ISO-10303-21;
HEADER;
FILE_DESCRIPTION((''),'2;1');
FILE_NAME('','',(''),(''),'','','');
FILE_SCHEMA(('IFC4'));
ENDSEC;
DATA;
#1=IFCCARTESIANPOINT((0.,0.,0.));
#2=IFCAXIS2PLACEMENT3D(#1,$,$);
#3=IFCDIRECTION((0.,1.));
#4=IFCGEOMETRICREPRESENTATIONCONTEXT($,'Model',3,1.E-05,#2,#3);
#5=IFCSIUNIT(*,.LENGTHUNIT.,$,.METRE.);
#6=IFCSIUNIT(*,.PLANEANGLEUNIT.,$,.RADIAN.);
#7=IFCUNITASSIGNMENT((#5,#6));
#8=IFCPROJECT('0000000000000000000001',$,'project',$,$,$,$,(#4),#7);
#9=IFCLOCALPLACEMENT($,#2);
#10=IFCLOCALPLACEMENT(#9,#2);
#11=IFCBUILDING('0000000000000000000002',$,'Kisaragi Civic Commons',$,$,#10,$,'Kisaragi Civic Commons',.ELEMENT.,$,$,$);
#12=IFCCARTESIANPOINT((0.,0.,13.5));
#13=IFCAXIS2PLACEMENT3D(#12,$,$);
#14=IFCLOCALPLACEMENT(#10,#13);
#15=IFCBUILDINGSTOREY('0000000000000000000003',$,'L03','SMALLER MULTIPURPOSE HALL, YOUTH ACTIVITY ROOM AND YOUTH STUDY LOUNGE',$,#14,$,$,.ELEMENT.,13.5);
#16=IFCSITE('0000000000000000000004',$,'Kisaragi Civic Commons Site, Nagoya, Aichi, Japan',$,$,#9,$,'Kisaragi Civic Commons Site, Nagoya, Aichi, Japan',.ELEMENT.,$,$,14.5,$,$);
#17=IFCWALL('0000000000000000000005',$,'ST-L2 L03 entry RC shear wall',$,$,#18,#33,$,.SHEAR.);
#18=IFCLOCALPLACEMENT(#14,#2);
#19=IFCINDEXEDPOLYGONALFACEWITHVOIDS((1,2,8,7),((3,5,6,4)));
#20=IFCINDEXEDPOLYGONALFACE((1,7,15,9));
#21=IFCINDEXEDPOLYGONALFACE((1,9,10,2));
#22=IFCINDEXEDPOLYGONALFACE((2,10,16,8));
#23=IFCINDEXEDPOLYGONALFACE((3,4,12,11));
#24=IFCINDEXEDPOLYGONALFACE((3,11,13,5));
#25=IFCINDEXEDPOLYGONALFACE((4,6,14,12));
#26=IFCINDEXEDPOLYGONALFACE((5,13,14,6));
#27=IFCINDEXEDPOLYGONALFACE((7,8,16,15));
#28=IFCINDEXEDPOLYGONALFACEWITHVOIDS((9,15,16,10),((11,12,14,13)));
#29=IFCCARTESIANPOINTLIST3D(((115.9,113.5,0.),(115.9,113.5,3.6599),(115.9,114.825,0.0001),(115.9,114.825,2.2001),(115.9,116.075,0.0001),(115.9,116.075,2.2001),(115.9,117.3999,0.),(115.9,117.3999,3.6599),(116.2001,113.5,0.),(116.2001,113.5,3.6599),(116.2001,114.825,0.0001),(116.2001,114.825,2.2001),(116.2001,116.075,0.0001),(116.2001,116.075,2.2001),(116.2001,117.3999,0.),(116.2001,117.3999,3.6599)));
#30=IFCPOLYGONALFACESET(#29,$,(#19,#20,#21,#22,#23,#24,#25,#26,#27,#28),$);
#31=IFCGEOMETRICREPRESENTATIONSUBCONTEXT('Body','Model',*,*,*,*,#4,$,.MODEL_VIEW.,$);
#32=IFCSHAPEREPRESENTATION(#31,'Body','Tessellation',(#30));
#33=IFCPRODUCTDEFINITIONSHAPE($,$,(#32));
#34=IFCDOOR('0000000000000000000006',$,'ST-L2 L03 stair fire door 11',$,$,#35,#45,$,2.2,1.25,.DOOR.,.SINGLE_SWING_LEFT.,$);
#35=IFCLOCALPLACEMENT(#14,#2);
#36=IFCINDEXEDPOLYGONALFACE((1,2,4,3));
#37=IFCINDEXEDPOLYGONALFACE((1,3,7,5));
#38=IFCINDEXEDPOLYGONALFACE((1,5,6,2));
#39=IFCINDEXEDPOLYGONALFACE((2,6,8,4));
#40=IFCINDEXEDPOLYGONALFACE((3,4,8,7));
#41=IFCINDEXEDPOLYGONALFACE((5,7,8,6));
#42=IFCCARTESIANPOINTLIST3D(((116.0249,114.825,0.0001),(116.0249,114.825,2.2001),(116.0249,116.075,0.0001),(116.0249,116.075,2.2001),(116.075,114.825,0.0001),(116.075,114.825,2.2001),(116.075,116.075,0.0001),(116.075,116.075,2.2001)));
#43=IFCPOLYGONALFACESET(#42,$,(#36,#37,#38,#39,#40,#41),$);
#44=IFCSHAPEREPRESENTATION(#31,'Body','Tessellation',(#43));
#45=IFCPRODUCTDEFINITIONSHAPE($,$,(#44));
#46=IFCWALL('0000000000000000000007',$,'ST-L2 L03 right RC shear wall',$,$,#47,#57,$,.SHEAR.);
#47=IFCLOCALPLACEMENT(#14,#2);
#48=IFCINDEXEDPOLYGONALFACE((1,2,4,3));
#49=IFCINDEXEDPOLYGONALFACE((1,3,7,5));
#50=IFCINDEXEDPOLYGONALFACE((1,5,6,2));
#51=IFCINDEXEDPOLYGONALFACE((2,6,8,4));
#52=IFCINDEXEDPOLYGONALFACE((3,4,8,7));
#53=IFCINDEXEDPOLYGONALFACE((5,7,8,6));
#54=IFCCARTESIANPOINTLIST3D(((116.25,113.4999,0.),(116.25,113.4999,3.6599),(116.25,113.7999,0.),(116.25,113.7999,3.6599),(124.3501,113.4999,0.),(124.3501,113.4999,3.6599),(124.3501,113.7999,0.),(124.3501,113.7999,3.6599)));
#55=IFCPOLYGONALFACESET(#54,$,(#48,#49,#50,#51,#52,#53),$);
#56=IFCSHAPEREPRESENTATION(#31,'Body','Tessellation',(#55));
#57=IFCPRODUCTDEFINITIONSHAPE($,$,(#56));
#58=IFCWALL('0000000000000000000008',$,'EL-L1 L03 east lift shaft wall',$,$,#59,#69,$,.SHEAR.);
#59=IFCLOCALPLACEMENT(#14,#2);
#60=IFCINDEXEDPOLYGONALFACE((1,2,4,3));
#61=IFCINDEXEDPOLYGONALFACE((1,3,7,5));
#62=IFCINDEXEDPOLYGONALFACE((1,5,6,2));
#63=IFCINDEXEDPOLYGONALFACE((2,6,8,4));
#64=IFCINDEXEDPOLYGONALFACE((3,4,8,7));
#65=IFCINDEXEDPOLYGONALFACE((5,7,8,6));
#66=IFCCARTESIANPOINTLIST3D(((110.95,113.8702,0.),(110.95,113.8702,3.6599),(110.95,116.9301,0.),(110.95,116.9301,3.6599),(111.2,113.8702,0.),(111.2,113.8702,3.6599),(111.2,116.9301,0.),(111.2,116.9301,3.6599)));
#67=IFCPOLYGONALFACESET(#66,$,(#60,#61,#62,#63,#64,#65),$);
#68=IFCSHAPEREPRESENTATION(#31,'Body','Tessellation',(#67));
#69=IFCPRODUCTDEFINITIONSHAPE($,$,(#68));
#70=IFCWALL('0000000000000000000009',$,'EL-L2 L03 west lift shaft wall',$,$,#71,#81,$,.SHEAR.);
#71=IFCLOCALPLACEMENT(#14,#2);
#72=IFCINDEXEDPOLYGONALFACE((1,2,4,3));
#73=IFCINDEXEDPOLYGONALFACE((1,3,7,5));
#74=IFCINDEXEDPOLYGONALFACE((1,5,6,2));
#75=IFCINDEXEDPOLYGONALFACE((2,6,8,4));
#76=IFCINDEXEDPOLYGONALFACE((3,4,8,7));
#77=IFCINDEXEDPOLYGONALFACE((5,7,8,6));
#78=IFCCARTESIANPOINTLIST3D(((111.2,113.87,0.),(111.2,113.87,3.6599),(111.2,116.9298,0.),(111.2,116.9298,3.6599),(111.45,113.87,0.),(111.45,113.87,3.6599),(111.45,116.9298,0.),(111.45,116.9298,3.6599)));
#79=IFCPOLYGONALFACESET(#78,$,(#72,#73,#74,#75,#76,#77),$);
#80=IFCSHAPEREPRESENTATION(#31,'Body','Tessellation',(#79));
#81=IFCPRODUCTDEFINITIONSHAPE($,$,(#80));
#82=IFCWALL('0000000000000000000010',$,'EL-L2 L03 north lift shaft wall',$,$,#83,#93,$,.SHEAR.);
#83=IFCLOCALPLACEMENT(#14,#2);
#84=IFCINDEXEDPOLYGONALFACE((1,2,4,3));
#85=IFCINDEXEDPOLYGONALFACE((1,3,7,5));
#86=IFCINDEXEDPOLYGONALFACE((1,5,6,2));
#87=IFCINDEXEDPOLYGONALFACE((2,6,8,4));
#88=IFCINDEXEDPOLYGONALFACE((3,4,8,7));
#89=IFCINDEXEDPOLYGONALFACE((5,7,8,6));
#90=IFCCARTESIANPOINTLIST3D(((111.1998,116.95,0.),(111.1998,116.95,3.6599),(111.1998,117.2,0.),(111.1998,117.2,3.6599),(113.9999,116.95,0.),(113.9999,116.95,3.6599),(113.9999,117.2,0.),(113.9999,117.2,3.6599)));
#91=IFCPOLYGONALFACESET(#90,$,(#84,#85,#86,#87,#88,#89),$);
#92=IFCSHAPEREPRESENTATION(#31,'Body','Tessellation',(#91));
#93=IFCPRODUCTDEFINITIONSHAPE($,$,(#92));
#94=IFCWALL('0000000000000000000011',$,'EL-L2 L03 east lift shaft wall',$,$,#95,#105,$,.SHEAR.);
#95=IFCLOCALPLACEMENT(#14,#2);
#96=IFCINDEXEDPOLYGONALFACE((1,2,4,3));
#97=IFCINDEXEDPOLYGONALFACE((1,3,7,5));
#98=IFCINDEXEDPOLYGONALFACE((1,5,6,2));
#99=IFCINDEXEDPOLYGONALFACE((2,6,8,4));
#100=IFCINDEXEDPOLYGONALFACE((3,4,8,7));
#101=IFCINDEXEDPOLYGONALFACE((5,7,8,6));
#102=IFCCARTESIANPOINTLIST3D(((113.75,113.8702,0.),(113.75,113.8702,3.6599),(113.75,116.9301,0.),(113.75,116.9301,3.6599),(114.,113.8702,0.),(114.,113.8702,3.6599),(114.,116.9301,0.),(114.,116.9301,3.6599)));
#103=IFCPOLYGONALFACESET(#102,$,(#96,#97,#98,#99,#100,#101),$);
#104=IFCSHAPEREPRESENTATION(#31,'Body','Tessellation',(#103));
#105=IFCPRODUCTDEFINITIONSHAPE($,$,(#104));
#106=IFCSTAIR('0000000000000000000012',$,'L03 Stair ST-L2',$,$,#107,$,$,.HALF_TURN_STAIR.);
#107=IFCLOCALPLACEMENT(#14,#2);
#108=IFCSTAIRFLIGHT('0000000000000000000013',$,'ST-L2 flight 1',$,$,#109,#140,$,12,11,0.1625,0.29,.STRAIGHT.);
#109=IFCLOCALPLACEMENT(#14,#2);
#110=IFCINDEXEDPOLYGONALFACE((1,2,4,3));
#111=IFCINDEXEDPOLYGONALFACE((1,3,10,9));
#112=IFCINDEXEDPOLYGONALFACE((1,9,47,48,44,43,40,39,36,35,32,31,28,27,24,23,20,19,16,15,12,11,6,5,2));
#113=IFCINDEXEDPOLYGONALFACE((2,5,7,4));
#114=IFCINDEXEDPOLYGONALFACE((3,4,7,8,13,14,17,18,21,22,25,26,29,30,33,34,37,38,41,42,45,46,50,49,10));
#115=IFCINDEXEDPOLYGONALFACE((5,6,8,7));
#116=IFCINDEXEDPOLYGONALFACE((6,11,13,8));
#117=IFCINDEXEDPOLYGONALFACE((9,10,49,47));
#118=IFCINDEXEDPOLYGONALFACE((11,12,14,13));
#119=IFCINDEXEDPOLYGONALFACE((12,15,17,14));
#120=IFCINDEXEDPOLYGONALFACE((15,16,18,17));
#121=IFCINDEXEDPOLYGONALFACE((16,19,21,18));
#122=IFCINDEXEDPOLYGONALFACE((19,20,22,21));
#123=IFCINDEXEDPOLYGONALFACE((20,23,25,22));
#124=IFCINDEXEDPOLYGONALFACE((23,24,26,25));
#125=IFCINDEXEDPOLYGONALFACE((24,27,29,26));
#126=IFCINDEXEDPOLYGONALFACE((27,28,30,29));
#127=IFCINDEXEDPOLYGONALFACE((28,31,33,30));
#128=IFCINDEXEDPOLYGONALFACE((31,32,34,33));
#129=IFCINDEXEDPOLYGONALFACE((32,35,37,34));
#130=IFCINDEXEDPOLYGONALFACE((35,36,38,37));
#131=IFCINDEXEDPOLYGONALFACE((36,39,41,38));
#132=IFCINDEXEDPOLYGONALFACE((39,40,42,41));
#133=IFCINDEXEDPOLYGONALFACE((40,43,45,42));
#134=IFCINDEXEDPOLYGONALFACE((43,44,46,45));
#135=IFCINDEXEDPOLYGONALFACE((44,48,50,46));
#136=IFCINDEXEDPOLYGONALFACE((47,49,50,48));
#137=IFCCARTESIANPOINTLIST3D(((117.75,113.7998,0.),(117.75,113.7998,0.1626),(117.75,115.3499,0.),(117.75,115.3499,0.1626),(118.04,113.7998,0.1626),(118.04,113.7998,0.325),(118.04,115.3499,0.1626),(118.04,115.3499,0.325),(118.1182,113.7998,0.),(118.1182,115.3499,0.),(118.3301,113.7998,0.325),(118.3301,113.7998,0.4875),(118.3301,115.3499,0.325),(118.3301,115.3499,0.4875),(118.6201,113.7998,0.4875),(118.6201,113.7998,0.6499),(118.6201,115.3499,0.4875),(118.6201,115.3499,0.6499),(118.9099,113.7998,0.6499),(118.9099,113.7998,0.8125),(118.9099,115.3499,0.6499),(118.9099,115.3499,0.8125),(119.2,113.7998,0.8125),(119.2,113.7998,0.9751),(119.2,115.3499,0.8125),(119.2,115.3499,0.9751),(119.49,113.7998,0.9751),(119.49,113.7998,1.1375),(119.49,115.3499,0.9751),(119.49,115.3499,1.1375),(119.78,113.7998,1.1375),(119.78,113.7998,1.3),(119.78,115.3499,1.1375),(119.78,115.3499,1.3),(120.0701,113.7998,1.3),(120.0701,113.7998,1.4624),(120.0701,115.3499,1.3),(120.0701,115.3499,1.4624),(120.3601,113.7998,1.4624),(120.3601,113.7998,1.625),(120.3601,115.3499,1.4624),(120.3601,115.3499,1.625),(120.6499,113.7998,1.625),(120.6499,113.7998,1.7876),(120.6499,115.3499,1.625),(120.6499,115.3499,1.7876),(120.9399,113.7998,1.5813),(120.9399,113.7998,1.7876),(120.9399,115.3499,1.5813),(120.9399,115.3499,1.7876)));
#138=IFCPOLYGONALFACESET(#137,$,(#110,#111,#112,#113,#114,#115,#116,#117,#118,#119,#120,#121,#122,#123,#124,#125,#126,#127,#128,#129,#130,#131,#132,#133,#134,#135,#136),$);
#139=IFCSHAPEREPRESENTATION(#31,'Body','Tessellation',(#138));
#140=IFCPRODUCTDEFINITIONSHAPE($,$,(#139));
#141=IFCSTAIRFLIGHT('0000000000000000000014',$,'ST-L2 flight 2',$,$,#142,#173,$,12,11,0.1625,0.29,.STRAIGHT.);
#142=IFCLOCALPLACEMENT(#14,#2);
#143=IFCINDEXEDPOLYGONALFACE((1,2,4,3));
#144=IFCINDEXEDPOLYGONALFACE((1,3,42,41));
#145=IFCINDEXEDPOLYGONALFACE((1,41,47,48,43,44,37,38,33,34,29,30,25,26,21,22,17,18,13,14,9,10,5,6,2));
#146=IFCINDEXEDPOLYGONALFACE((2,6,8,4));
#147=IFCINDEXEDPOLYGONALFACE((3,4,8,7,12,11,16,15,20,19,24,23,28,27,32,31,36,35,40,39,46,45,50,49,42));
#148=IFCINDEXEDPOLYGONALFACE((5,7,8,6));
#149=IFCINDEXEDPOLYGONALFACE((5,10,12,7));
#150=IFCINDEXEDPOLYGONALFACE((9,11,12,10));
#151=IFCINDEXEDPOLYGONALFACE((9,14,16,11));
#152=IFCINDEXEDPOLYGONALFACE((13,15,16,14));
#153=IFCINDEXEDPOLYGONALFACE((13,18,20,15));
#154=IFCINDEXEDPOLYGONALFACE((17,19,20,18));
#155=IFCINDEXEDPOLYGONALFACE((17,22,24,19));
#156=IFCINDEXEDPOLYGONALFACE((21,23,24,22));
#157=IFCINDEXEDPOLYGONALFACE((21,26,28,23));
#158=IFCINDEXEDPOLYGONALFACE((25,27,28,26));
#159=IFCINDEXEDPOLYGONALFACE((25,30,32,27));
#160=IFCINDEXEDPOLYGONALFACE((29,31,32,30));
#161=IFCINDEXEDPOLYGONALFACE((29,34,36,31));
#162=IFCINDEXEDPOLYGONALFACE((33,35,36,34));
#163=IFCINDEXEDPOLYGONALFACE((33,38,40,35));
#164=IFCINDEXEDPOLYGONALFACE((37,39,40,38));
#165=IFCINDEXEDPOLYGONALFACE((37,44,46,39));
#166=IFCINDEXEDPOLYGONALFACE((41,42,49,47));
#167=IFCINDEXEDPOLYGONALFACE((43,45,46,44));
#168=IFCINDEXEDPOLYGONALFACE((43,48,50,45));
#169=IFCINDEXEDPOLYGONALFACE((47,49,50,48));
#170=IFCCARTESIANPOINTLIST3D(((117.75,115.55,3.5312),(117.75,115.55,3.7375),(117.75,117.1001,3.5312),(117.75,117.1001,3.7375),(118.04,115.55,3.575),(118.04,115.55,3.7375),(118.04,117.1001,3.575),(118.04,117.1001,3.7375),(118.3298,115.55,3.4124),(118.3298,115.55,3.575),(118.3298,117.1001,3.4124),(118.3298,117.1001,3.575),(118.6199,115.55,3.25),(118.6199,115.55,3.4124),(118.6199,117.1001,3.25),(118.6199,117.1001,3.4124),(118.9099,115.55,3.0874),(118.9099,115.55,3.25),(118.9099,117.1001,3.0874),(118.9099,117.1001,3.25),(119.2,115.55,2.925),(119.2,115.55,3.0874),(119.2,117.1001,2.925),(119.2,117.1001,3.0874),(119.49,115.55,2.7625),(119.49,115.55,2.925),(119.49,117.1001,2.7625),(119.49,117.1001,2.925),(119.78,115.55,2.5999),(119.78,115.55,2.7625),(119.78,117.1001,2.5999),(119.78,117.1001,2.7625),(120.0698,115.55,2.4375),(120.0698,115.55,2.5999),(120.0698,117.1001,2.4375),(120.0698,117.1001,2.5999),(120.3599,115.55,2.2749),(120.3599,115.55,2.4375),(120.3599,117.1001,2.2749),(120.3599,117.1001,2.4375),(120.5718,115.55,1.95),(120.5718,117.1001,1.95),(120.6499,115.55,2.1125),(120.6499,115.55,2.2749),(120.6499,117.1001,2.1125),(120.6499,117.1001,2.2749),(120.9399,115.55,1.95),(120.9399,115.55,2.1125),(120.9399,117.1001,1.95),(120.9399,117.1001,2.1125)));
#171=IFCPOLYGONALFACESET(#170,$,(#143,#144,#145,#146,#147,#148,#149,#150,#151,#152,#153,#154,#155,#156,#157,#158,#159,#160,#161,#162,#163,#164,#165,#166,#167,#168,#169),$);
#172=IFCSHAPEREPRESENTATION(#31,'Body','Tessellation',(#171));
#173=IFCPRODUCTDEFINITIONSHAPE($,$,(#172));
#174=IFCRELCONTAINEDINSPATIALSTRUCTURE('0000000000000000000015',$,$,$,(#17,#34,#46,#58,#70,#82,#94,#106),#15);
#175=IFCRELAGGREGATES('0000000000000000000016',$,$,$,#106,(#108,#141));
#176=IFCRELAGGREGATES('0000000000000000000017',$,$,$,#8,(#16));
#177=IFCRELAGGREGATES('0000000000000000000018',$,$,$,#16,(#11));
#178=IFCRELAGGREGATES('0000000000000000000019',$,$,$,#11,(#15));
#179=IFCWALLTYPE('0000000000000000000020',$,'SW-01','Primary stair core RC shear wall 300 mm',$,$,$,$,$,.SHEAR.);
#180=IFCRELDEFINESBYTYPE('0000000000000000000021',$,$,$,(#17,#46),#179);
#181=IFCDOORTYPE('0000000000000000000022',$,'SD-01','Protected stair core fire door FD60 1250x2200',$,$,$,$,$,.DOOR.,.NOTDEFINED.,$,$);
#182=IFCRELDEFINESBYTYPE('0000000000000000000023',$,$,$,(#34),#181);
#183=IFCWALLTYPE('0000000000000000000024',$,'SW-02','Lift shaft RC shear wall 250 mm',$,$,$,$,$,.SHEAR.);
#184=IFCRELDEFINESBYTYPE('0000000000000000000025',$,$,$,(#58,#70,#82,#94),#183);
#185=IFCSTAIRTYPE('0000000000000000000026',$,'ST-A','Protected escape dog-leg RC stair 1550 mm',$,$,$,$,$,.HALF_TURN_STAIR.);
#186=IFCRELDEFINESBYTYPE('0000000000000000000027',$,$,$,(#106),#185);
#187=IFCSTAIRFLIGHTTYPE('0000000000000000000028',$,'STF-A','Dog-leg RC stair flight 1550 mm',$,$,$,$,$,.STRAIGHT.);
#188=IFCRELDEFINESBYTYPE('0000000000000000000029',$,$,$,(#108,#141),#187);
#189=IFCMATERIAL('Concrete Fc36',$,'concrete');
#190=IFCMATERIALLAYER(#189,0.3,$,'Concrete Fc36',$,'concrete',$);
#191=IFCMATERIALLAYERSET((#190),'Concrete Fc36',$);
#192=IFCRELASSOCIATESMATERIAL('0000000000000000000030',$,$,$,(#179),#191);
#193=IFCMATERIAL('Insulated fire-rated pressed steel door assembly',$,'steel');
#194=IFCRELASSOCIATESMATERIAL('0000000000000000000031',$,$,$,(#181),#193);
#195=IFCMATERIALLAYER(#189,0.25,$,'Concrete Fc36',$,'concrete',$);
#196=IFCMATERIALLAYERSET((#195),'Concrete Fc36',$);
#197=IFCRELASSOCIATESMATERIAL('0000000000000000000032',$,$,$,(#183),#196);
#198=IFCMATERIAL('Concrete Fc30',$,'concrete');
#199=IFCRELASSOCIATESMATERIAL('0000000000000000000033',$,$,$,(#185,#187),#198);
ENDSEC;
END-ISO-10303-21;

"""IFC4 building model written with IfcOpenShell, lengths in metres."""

from ifc_helpers import new_model, si_unit, direction, frame, frame_2d, origin, place, context, subcontext, project, spatial, polyline, rectangle, outline, extrude, material, layer, layer_set, type_object, element, fill, aggregate, save


model = new_model("IFC4")

# Units and contexts
model_context = context("Model", 3, precision=1e-05, world=origin(), true_north=direction((0.0, 1.0)))
body_context = subcontext(model_context, "Body", "Model", "MODEL_VIEW")
ifc_project = project(units=[si_unit("LENGTHUNIT", "METRE"), si_unit("PLANEANGLEUNIT", "RADIAN")], contexts=[model_context])

# Site, building, storey
site_placement = place(None, origin())
site = spatial("IfcSite", under=ifc_project, at=site_placement, Name="Kisaragi Civic Commons Site, Nagoya, Aichi, Japan", LongName="Kisaragi Civic Commons Site, Nagoya, Aichi, Japan", CompositionType="ELEMENT", RefElevation=14.5)
building_placement = place(site_placement, origin())
building = spatial("IfcBuilding", under=site, at=building_placement, Name="Kisaragi Civic Commons", LongName="Kisaragi Civic Commons", CompositionType="ELEMENT")
storey_placement = place(building_placement, frame((0.0, 0.0, 13.5)))
storey = spatial("IfcBuildingStorey", under=building, at=storey_placement, Name="L03", Description="SMALLER MULTIPURPOSE HALL, YOUTH ACTIVITY ROOM AND YOUTH STUDY LOUNGE", CompositionType="ELEMENT", Elevation=13.5)

# Shared definitions
ifc_material_1 = material(Name="Concrete Fc30", Category="concrete")

# Wall, opening, door
ifc_material_2 = material(Name="Concrete Fc36", Category="concrete")
ifc_layer_1 = layer(ifc_material_2, 0.3, Name="Concrete Fc36", Category="concrete")
ifc_layer_set_1 = layer_set([ifc_layer_1], Name="Concrete Fc36")
wall_type_1 = type_object("IfcWallType", Name="SW-01", Description="Primary stair core RC shear wall 300 mm", PredefinedType="SHEAR", material=ifc_layer_set_1)
wall_1_placement = place(storey_placement, frame((116.05, 117.3999, 0.0), z_axis=(0.0, 0.0, 1.0), x_axis=(0.0, -1.0, 0.0)))
wall_1 = element("IfcWall", 1, at=wall_1_placement, inside=storey, type_object=wall_type_1, Name="ST-L2 L03 entry RC shear wall", PredefinedType="SHEAR", context=body_context, shape_type="SweptSolid", body=[
    extrude(rectangle(XDim=3.8999, YDim=0.3, at=frame_2d((1.95, 0.0))), origin(), (0.0, 0.0, 1.0), 3.6599),
])
opening_1_placement = place(wall_1_placement, frame((1.325, 0.0, 0.0)))
opening_1 = element("IfcOpeningElement", 2, at=opening_1_placement, cuts=wall_1, PredefinedType="OPENING", context=body_context, shape_type="SweptSolid", body=[
    extrude(rectangle(XDim=1.25, YDim=2.2, at=frame_2d((0.625, 1.1001))), frame((0.0, 0.1599, 0.0), z_axis=(0.0, -1.0, 0.0), x_axis=(1.0, 0.0, 0.0)), (0.0, 0.0, 1.0), 0.3201),
])
ifc_material_3 = material(Name="Insulated fire-rated pressed steel door assembly", Category="steel")
door_type_1 = type_object("IfcDoorType", Name="SD-01", Description="Protected stair core fire door FD60 1250x2200", OperationType="NOTDEFINED", PredefinedType="DOOR", material=ifc_material_3)
door_1_placement = place(opening_1_placement, origin())
door_1 = element("IfcDoor", 3, at=door_1_placement, inside=storey, type_object=door_type_1, Name="ST-L2 L03 stair fire door 11", OperationType="SINGLE_SWING_LEFT", OverallHeight=2.2, OverallWidth=1.25, PredefinedType="DOOR", context=body_context, shape_type="SweptSolid", body=[
    extrude(rectangle(XDim=1.25, YDim=2.2, at=frame_2d((0.625, 1.1001))), frame((0.0, 0.0249, 0.0), z_axis=(0.0, -1.0, 0.0), x_axis=(1.0, 0.0, 0.0)), (0.0, 0.0, 1.0), 0.05),
])
fill(opening_1, door_1)

# Wall
wall_2_placement = place(storey_placement, frame((116.25, 113.6499, 0.0), z_axis=(0.0, 0.0, 1.0), x_axis=(1.0, 0.0, 0.0)))
element("IfcWall", 4, at=wall_2_placement, inside=storey, type_object=wall_type_1, Name="ST-L2 L03 right RC shear wall", PredefinedType="SHEAR", context=body_context, shape_type="SweptSolid", body=[
    extrude(rectangle(XDim=8.1001, YDim=0.3, at=frame_2d((4.05, 0.0))), origin(), (0.0, 0.0, 1.0), 3.6599),
])

# Shared definitions
ifc_layer_2 = layer(ifc_material_2, 0.25, Name="Concrete Fc36", Category="concrete")
ifc_layer_set_2 = layer_set([ifc_layer_2], Name="Concrete Fc36")
wall_type_2 = type_object("IfcWallType", Name="SW-02", Description="Lift shaft RC shear wall 250 mm", PredefinedType="SHEAR", material=ifc_layer_set_2)

# Wall
wall_3_placement = place(storey_placement, frame((111.075, 116.9299, 0.0), z_axis=(0.0, 0.0, 1.0), x_axis=(0.0, -1.0, 0.0)))
element("IfcWall", 5, at=wall_3_placement, inside=storey, type_object=wall_type_2, Name="EL-L1 L03 east lift shaft wall", PredefinedType="SHEAR", context=body_context, shape_type="SweptSolid", body=[
    extrude(rectangle(XDim=3.0598, YDim=0.25, at=frame_2d((1.5298, 0.0))), origin(), (0.0, 0.0, 1.0), 3.6599),
])

# Walls
wall_4_placement = place(storey_placement, frame((111.325, 113.8701, 0.0), z_axis=(0.0, 0.0, 1.0), x_axis=(0.0, 1.0, 0.0)))
element("IfcWall", 6, at=wall_4_placement, inside=storey, type_object=wall_type_2, Name="EL-L2 L03 west lift shaft wall", PredefinedType="SHEAR", context=body_context, shape_type="SweptSolid", body=[
    extrude(rectangle(XDim=3.0598, YDim=0.25, at=frame_2d((1.5298, 0.0))), origin(), (0.0, 0.0, 1.0), 3.6599),
])
wall_5_placement = place(storey_placement, frame((111.2, 117.075, 0.0), z_axis=(0.0, 0.0, 1.0), x_axis=(1.0, 0.0, 0.0)))
element("IfcWall", 7, at=wall_5_placement, inside=storey, type_object=wall_type_2, Name="EL-L2 L03 north lift shaft wall", PredefinedType="SHEAR", context=body_context, shape_type="SweptSolid", body=[
    extrude(rectangle(XDim=2.8, YDim=0.25, at=frame_2d((1.3999, 0.0))), origin(), (0.0, 0.0, 1.0), 3.6599),
])
wall_6_placement = place(storey_placement, frame((113.875, 116.9299, 0.0), z_axis=(0.0, 0.0, 1.0), x_axis=(0.0, -1.0, 0.0)))
element("IfcWall", 8, at=wall_6_placement, inside=storey, type_object=wall_type_2, Name="EL-L2 L03 east lift shaft wall", PredefinedType="SHEAR", context=body_context, shape_type="SweptSolid", body=[
    extrude(rectangle(XDim=3.0598, YDim=0.25, at=frame_2d((1.5298, 0.0))), origin(), (0.0, 0.0, 1.0), 3.6599),
])

# Stair, stair flights
stair_type = type_object("IfcStairType", Name="ST-A", Description="Protected escape dog-leg RC stair 1550 mm", PredefinedType="HALF_TURN_STAIR", material=ifc_material_1)
stair_placement = place(storey_placement, origin())
stair = element("IfcStair", 9, at=stair_placement, inside=storey, type_object=stair_type, Name="L03 Stair ST-L2", PredefinedType="HALF_TURN_STAIR")
stair_flight_type = type_object("IfcStairFlightType", Name="STF-A", Description="Dog-leg RC stair flight 1550 mm", PredefinedType="STRAIGHT", material=ifc_material_1)
stair_flight_1_placement = place(storey_placement, frame((117.75, 114.575, 0.0), z_axis=(0.0, 0.0, 1.0), x_axis=(1.0, 0.0, 0.0)))
stair_flight_1 = element("IfcStairFlight", 10, at=stair_flight_1_placement, type_object=stair_flight_type, Name="ST-L2 flight 1", NumberOfRisers=12, NumberOfTreads=11, PredefinedType="STRAIGHT", RiserHeight=0.1625, TreadLength=0.29, context=body_context, shape_type="SweptSolid", body=[
    extrude(outline(polyline([(0.0, 0.0), (0.0, 0.1626), (0.29, 0.1626), (0.29, 0.325), (0.5801, 0.325), (0.5801, 0.4875), (0.8701, 0.4875), (0.8701, 0.6499), (1.1599, 0.6499), (1.1599, 0.8125), (1.45, 0.8125), (1.45, 0.9751), (1.74, 0.9751), (1.74, 1.1375), (2.03, 1.1375), (2.03, 1.3), (2.3201, 1.3), (2.3201, 1.4624), (2.6101, 1.4624), (2.6101, 1.625), (2.8999, 1.625), (2.8999, 1.7876), (3.1899, 1.7876), (3.1899, 1.95), (3.1899, 1.5813), (0.3682, 0.0), (0.0, 0.0)])), frame((0.0, 0.7749, 0.0), z_axis=(0.0, -1.0, 0.0), x_axis=(1.0, 0.0, 0.0)), (0.0, 0.0, 1.0), 1.55),
])
stair_flight_2_placement = place(storey_placement, frame((120.9399, 116.325, 1.95), z_axis=(0.0, 0.0, 1.0), x_axis=(-1.0, 0.0, 0.0)))
stair_flight_2 = element("IfcStairFlight", 11, at=stair_flight_2_placement, type_object=stair_flight_type, Name="ST-L2 flight 2", NumberOfRisers=12, NumberOfTreads=11, PredefinedType="STRAIGHT", RiserHeight=0.1625, TreadLength=0.29, context=body_context, shape_type="SweptSolid", body=[
    extrude(outline(polyline([(0.0, 0.0), (0.0, 0.1626), (0.29, 0.1626), (0.29, 0.325), (0.5801, 0.325), (0.5801, 0.4875), (0.8701, 0.4875), (0.8701, 0.6499), (1.1599, 0.6499), (1.1599, 0.8125), (1.45, 0.8125), (1.45, 0.9751), (1.74, 0.9751), (1.74, 1.1375), (2.03, 1.1375), (2.03, 1.3), (2.3201, 1.3), (2.3201, 1.4624), (2.6101, 1.4624), (2.6101, 1.625), (2.8999, 1.625), (2.8999, 1.7876), (3.1899, 1.7876), (3.1899, 1.95), (3.1899, 1.5813), (0.3682, 0.0), (0.0, 0.0)])), frame((0.0, 0.7749, 0.0), z_axis=(0.0, -1.0, 0.0), x_axis=(1.0, 0.0, 0.0)), (0.0, 0.0, 1.0), 1.55),
])
aggregate(stair, [stair_flight_1, stair_flight_2])

save(model, "model.ifc")
